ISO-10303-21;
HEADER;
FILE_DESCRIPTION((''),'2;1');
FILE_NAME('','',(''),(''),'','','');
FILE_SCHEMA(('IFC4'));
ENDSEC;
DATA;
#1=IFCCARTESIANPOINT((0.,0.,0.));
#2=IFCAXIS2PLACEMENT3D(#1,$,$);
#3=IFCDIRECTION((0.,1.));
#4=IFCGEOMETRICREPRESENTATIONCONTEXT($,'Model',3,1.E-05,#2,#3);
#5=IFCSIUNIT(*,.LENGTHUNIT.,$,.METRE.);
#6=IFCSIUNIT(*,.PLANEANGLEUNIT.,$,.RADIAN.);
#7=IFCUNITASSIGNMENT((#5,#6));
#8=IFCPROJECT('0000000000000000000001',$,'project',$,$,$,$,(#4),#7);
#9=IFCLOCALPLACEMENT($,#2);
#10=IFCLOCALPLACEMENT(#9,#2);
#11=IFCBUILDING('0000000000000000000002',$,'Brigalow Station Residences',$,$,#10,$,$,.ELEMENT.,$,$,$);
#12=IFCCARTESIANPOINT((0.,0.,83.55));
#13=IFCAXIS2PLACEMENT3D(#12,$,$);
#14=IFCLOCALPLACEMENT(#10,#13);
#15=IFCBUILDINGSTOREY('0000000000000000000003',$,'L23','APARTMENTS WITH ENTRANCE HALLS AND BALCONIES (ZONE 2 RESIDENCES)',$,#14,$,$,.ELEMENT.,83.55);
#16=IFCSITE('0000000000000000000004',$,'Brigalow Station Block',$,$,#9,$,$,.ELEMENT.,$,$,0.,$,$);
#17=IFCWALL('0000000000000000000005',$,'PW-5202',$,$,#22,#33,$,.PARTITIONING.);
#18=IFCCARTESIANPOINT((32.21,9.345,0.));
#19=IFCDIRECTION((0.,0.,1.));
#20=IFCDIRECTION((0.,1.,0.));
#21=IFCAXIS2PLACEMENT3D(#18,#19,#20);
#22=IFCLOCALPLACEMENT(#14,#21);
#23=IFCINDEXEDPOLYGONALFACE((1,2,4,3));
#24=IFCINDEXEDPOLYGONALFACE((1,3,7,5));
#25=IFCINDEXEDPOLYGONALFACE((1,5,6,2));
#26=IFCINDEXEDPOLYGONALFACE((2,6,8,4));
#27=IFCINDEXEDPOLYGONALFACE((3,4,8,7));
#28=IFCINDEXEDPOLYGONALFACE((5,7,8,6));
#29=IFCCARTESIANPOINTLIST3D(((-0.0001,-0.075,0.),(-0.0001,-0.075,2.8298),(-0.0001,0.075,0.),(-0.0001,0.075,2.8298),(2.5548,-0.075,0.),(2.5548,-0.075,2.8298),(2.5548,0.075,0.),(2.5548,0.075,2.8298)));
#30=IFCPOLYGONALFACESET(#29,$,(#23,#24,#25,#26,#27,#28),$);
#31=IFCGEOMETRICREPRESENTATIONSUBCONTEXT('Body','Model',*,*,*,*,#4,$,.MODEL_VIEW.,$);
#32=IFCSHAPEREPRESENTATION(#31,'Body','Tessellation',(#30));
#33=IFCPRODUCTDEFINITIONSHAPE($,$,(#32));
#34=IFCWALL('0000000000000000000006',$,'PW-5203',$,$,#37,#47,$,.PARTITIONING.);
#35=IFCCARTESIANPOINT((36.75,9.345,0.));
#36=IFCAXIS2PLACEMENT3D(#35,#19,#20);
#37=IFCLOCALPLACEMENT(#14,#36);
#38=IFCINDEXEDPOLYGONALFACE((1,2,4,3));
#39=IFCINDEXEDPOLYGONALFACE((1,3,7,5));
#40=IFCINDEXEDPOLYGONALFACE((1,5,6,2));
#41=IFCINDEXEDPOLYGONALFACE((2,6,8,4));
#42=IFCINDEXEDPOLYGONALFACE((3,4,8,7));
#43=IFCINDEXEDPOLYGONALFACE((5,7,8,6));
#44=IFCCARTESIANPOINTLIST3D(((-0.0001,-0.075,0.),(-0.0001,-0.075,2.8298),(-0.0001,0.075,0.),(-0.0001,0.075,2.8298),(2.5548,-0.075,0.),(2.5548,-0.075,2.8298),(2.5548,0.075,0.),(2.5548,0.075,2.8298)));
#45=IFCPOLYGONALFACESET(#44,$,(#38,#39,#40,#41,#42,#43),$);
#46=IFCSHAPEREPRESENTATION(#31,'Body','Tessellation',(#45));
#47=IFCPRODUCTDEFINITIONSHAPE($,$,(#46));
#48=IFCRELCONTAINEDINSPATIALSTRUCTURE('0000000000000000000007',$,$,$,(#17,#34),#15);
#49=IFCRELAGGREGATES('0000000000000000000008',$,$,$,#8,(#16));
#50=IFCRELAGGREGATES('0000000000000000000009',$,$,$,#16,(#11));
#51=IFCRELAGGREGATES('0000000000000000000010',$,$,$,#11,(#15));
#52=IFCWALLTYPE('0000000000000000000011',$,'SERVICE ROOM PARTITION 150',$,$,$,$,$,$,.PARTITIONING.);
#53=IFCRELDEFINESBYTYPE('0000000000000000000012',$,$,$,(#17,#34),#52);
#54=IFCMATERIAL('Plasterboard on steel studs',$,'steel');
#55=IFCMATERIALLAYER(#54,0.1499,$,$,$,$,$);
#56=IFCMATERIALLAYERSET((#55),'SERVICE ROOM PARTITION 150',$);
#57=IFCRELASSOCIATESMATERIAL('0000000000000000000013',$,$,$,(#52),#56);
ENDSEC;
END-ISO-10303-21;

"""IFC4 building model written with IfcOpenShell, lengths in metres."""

from ifc_helpers import new_model, si_unit, direction, frame, frame_2d, origin, place, context, subcontext, project, spatial, rectangle, extrude, material, layer, layer_set, type_object, element, save


model = new_model("IFC4")

# Units and contexts
model_context = context("Model", 3, precision=1e-05, world=origin(), true_north=direction((0.0, 1.0)))
body_context = subcontext(model_context, "Body", "Model", "MODEL_VIEW")
ifc_project = project(units=[si_unit("LENGTHUNIT", "METRE"), si_unit("PLANEANGLEUNIT", "RADIAN")], contexts=[model_context])

# Site, building, storey
site_placement = place(None, origin())
site = spatial("IfcSite", under=ifc_project, at=site_placement, Name="Brigalow Station Block", CompositionType="ELEMENT", RefElevation=0.0)
building_placement = place(site_placement, origin())
building = spatial("IfcBuilding", under=site, at=building_placement, Name="Brigalow Station Residences", CompositionType="ELEMENT")
storey_placement = place(building_placement, frame((0.0, 0.0, 83.55)))
storey = spatial("IfcBuildingStorey", under=building, at=storey_placement, Name="L23", Description="APARTMENTS WITH ENTRANCE HALLS AND BALCONIES (ZONE 2 RESIDENCES)", CompositionType="ELEMENT", Elevation=83.55)

# Walls
ifc_material_1 = material(Name="Plasterboard on steel studs", Category="steel")
ifc_layer_1 = layer(ifc_material_1, 0.1499)
ifc_layer_set_1 = layer_set([ifc_layer_1], Name="SERVICE ROOM PARTITION 150")
wall_type_1 = type_object("IfcWallType", Name="SERVICE ROOM PARTITION 150", PredefinedType="PARTITIONING", material=ifc_layer_set_1)
for number, where, z_axis, x_axis, name in (
    (1, (32.21, 9.345, 0.0), (0.0, 0.0, 1.0), (0.0, 1.0, 0.0), "PW-5202"),
    (2, (36.75, 9.345, 0.0), (0.0, 0.0, 1.0), (0.0, 1.0, 0.0), "PW-5203"),
):
    element("IfcWall", number, at=place(storey_placement, frame(where, z_axis=z_axis, x_axis=x_axis)), inside=storey, type_object=wall_type_1, Name=name, PredefinedType="PARTITIONING", context=body_context, shape_type="SweptSolid", body=[
        extrude(rectangle(XDim=2.5549, YDim=0.1499, at=frame_2d((1.2773, 0.0))), origin(), (0.0, 0.0, 1.0), 2.8298),
    ])

save(model, "model.ifc")
